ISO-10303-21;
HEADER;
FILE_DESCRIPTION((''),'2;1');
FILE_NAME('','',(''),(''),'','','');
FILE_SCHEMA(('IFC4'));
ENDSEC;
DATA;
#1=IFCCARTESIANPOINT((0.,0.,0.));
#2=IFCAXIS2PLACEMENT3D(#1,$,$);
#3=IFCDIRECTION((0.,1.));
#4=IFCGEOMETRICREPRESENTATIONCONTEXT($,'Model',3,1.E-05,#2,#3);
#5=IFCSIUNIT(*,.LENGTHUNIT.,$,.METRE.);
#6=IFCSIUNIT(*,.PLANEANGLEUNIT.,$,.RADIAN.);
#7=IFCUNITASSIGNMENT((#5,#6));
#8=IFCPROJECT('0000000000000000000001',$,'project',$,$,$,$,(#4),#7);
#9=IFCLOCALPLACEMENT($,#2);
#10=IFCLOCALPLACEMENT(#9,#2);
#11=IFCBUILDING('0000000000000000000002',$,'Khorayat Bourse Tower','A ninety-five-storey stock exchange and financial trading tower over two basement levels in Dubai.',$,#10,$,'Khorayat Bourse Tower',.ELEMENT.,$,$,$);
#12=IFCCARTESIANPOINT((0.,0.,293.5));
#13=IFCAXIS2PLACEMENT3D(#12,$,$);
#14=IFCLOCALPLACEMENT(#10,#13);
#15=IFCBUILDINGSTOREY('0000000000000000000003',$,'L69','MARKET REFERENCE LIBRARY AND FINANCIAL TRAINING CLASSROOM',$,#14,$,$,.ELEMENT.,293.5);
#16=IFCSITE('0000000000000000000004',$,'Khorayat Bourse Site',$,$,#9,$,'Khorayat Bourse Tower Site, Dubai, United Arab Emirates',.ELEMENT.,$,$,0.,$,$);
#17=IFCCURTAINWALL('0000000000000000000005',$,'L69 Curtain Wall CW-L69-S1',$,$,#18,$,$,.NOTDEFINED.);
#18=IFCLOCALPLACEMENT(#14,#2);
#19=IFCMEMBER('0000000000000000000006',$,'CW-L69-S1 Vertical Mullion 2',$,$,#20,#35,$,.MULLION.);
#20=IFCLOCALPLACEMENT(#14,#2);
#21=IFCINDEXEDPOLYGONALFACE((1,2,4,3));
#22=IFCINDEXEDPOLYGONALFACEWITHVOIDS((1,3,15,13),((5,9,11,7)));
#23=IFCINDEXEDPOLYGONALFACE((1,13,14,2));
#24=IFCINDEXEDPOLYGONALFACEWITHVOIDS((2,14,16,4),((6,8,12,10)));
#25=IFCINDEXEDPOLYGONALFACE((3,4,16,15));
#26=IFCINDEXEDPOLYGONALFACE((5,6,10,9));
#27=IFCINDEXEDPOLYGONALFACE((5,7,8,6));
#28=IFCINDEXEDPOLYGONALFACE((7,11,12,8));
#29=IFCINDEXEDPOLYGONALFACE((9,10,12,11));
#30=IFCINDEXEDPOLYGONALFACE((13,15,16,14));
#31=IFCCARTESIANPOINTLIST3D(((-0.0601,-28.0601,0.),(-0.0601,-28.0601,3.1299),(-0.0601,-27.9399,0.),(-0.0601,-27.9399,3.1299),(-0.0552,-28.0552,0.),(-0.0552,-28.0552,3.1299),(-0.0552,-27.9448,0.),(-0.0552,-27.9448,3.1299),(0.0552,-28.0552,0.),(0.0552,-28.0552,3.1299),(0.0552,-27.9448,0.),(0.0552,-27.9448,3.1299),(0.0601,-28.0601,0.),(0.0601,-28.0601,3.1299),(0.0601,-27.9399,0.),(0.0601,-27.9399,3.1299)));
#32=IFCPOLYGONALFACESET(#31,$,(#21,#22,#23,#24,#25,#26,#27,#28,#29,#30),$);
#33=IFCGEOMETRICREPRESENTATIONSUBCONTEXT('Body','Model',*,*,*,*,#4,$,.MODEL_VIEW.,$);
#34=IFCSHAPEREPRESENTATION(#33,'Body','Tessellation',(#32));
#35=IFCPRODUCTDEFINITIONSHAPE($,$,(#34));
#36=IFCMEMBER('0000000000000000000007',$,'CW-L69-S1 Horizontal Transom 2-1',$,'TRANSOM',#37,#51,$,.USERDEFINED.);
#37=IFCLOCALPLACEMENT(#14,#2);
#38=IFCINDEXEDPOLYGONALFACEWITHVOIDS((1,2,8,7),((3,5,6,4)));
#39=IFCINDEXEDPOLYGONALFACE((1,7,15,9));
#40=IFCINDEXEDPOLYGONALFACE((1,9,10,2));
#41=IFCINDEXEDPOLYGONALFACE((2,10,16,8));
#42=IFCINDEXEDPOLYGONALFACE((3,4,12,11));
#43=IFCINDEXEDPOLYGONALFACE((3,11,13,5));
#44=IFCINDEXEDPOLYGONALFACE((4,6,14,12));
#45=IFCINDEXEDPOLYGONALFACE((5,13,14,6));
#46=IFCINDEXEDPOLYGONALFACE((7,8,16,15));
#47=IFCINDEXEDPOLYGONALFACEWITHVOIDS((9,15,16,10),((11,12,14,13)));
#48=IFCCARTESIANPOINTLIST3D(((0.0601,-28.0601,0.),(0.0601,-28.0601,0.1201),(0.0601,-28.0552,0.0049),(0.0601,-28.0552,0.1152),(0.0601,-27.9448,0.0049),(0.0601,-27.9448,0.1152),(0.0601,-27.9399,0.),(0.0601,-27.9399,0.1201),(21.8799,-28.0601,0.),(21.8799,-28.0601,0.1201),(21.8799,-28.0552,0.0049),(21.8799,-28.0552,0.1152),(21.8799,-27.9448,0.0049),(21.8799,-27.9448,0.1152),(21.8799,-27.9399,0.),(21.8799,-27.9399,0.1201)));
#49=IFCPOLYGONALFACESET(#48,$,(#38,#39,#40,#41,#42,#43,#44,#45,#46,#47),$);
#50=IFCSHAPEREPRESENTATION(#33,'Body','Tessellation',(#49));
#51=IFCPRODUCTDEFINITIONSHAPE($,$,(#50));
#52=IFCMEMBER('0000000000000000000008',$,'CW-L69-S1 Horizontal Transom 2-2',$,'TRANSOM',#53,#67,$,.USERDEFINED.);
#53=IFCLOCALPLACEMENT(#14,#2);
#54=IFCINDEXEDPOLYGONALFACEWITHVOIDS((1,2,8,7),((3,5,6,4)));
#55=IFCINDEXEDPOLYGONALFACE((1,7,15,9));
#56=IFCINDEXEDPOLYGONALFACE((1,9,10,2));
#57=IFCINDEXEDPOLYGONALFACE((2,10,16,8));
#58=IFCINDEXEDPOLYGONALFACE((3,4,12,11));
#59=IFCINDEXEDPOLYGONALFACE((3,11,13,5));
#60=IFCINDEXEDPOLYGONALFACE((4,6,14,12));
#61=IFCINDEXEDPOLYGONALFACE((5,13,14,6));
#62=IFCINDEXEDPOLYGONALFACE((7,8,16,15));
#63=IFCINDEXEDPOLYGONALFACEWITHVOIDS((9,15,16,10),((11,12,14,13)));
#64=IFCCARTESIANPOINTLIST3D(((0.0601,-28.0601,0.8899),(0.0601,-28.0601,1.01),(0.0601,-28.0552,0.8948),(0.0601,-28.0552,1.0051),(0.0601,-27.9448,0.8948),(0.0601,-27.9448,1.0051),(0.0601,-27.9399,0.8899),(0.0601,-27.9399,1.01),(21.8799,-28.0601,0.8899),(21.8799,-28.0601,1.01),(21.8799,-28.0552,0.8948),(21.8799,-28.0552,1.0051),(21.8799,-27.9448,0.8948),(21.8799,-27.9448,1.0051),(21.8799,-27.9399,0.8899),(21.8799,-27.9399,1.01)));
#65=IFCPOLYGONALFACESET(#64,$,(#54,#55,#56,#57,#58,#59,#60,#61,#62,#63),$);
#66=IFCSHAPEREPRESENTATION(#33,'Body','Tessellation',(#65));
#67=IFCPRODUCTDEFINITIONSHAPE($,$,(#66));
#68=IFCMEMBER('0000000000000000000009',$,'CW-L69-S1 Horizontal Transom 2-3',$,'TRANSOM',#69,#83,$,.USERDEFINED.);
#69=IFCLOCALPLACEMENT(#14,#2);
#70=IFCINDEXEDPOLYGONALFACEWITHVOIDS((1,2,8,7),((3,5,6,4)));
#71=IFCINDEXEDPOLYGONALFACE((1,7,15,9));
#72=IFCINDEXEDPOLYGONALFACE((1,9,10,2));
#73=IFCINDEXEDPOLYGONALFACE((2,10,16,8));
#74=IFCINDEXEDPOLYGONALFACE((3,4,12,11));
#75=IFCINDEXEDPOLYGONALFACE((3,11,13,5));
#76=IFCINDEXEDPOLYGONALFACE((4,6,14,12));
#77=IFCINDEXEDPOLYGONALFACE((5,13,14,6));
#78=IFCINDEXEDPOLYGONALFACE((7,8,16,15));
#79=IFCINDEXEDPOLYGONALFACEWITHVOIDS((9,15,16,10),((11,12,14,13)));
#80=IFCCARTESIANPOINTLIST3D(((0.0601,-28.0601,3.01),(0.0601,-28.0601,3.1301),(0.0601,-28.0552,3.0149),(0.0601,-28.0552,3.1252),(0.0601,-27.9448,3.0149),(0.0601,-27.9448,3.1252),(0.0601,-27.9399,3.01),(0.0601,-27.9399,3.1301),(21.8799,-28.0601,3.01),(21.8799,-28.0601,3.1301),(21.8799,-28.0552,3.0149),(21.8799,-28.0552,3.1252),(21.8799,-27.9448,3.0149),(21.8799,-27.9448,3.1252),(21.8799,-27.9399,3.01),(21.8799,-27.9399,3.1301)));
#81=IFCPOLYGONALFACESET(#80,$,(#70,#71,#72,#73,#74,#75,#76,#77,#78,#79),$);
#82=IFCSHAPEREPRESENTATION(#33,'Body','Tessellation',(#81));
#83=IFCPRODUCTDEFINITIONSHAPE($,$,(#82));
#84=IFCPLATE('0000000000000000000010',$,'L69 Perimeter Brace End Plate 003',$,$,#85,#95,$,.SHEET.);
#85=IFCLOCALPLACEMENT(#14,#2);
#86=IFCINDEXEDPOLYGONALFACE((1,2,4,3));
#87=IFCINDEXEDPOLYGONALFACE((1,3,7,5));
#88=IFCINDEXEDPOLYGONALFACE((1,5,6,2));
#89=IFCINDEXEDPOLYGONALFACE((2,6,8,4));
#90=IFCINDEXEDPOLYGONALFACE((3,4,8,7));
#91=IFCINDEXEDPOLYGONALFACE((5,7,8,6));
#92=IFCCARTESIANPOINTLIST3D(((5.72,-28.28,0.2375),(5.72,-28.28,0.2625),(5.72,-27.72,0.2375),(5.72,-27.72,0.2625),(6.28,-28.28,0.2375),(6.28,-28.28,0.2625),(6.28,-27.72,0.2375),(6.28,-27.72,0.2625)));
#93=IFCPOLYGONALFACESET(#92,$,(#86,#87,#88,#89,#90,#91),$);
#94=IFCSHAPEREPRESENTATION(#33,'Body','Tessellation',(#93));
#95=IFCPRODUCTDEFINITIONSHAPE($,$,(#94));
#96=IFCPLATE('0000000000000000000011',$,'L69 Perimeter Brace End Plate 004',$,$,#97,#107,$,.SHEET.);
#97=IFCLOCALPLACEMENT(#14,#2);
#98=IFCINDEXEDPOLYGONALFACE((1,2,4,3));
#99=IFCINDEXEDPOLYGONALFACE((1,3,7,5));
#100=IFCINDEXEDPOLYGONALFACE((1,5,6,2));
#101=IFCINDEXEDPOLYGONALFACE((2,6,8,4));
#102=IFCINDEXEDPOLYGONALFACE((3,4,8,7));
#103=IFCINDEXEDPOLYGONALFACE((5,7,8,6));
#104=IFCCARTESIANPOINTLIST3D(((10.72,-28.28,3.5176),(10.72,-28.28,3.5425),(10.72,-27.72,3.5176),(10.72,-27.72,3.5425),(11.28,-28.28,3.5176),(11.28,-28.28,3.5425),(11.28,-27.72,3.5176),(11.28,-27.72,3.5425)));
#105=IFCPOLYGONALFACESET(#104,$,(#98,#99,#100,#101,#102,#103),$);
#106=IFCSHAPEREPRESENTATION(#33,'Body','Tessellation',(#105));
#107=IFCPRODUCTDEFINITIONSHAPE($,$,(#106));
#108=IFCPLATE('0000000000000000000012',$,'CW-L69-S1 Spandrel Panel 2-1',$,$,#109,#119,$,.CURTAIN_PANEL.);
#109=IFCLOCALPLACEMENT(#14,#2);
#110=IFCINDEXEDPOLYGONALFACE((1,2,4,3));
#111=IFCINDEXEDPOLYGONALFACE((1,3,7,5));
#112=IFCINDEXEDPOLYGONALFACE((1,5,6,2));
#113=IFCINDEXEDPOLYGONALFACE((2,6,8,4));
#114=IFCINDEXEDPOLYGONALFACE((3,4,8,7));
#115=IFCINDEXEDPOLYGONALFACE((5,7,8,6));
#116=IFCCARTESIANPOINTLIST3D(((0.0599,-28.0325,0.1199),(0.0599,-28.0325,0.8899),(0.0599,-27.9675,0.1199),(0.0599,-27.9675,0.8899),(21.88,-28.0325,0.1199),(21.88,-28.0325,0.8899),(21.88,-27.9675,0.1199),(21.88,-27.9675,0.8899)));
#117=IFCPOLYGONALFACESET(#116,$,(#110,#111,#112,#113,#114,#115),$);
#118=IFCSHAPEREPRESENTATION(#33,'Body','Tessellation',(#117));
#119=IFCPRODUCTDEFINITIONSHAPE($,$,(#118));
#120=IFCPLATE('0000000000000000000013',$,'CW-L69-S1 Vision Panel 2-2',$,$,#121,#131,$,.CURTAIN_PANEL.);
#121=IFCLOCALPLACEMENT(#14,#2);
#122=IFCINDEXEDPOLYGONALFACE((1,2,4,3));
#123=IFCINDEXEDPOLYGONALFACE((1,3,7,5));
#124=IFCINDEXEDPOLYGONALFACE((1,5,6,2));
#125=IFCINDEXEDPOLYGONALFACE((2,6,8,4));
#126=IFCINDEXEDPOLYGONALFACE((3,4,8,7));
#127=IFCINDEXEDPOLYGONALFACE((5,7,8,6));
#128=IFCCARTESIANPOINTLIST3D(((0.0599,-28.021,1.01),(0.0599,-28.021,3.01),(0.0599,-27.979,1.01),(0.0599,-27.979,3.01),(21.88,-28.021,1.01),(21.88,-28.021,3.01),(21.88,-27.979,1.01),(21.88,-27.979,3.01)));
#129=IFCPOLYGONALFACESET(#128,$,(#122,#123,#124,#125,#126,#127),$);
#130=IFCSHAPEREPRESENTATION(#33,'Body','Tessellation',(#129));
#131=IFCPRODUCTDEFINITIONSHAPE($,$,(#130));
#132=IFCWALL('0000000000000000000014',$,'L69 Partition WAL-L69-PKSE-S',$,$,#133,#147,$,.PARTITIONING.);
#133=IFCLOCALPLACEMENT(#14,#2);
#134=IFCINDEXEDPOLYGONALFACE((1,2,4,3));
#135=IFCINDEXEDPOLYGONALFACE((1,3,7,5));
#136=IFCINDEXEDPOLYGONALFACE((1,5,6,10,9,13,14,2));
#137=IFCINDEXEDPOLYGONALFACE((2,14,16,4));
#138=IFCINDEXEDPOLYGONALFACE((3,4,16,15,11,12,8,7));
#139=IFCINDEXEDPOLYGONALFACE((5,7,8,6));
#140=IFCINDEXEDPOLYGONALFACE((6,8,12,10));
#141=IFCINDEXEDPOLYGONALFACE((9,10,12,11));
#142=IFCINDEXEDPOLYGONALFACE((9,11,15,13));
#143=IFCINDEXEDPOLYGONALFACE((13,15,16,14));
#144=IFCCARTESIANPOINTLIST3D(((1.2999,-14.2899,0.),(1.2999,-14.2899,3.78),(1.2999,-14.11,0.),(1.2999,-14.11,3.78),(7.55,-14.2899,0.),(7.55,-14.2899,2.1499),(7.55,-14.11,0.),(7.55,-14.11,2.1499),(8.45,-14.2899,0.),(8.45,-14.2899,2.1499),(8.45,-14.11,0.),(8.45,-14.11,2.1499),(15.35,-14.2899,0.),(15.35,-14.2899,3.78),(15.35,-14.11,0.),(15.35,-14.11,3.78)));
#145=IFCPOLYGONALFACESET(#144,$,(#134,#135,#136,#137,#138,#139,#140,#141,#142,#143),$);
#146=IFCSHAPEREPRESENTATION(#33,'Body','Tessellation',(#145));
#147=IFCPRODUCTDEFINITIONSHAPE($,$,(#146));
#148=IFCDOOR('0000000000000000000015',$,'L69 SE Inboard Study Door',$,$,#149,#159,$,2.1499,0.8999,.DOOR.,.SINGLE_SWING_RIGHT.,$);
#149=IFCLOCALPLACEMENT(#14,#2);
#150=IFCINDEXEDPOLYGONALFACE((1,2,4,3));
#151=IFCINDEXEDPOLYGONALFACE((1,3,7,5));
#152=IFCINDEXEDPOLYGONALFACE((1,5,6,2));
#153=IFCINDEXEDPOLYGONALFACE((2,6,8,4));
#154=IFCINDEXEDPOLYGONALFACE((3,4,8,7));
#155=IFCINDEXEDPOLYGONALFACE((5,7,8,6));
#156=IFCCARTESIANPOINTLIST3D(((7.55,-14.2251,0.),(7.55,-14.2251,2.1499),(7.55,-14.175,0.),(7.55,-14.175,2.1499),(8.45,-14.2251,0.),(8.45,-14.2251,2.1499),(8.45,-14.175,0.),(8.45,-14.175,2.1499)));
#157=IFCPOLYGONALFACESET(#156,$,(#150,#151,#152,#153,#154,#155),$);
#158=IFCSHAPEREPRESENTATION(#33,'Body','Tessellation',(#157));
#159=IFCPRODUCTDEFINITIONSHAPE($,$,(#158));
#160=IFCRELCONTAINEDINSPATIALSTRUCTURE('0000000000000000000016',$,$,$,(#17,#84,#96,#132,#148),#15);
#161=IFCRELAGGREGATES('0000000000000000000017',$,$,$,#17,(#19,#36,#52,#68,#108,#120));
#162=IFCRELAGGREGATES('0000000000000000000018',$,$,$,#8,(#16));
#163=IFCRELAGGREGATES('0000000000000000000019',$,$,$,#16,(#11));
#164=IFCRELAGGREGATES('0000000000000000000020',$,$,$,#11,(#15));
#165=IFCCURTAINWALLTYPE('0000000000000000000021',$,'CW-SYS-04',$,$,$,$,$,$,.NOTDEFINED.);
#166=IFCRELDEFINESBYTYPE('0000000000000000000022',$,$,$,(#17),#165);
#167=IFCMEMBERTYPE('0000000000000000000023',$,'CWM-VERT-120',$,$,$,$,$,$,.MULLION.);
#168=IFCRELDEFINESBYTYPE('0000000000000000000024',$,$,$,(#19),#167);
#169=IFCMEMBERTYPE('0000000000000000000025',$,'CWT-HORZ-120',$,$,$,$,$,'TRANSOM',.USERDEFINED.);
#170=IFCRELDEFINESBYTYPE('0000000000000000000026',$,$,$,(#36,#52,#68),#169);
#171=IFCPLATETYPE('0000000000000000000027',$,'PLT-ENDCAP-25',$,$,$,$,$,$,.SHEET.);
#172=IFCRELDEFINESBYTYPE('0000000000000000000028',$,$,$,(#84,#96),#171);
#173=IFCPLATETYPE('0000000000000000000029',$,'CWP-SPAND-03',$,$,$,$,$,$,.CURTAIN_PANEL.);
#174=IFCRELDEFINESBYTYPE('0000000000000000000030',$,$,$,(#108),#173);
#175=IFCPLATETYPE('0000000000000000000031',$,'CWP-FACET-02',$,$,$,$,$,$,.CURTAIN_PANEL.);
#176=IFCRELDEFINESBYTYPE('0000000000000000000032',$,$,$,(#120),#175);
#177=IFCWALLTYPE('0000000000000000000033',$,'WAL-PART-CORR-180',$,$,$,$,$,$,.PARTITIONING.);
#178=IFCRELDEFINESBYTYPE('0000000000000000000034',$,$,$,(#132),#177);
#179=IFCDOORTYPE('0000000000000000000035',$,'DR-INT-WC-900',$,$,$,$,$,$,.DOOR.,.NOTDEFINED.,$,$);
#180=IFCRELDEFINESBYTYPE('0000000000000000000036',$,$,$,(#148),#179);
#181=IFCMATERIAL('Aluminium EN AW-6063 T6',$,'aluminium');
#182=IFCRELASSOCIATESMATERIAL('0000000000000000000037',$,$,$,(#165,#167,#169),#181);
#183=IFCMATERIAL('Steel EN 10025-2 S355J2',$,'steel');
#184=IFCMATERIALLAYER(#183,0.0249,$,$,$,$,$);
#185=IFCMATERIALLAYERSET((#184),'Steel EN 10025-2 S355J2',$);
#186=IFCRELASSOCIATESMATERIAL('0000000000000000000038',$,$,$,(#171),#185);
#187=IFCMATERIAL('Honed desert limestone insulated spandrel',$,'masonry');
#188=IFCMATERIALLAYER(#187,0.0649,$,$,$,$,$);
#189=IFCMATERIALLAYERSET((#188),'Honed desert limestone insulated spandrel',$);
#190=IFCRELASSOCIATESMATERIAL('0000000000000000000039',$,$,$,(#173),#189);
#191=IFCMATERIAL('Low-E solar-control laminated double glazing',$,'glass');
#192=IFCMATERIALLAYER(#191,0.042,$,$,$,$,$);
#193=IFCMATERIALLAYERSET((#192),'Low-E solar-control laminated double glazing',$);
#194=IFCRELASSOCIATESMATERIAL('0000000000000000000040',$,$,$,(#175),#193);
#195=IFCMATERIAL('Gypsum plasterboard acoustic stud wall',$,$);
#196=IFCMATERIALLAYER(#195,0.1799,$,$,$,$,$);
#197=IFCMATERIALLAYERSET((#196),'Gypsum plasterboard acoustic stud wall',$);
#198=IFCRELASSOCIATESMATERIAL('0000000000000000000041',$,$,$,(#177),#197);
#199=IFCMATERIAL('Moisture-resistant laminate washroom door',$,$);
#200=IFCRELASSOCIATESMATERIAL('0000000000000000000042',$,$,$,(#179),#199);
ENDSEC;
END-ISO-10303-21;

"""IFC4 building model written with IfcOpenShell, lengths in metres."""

from ifc_helpers import new_model, si_unit, direction, frame, frame_2d, origin, origin_2d, place, context, subcontext, project, spatial, rectangle, hollow_rectangle, extrude, source, transform, mapped, material, layer, layer_set, material_profile, profile_set, type_object, element, fill, aggregate, save


model = new_model("IFC4")

# Units and contexts
model_context = context("Model", 3, precision=1e-05, world=origin(), true_north=direction((0.0, 1.0)))
body_context = subcontext(model_context, "Body", "Model", "MODEL_VIEW")
ifc_project = project(units=[si_unit("LENGTHUNIT", "METRE"), si_unit("PLANEANGLEUNIT", "RADIAN")], contexts=[model_context])

# Site, building, storey
site_placement = place(None, origin())
site = spatial("IfcSite", under=ifc_project, at=site_placement, Name="Khorayat Bourse Site", LongName="Khorayat Bourse Tower Site, Dubai, United Arab Emirates", CompositionType="ELEMENT", RefElevation=0.0)
building_placement = place(site_placement, origin())
building = spatial("IfcBuilding", under=site, at=building_placement, Name="Khorayat Bourse Tower", Description="A ninety-five-storey stock exchange and financial trading tower over two basement levels in Dubai.", LongName="Khorayat Bourse Tower", CompositionType="ELEMENT")
storey_placement = place(building_placement, frame((0.0, 0.0, 293.5)))
storey = spatial("IfcBuildingStorey", under=building, at=storey_placement, Name="L69", Description="MARKET REFERENCE LIBRARY AND FINANCIAL TRAINING CLASSROOM", CompositionType="ELEMENT", Elevation=293.5)

# Curtain wall, members
ifc_material_1 = material(Name="Aluminium EN AW-6063 T6", Category="aluminium")
curtain_wall_type = type_object("IfcCurtainWallType", Name="CW-SYS-04", PredefinedType="NOTDEFINED", material=ifc_material_1)
curtain_wall_placement = place(storey_placement, origin())
curtain_wall = element("IfcCurtainWall", 1, at=curtain_wall_placement, inside=storey, type_object=curtain_wall_type, Name="L69 Curtain Wall CW-L69-S1", PredefinedType="NOTDEFINED")
ifc_material_profile_1 = material_profile(ifc_material_1, hollow_rectangle(XDim=0.1201, YDim=0.1201, WallThickness=0.0049, at=origin_2d()), Name="ALU 120x120x5")
ifc_profile_set_1 = profile_set([ifc_material_profile_1], Name="Aluminium EN AW-6063 T6")
member_type_1 = type_object("IfcMemberType", Name="CWM-VERT-120", PredefinedType="MULLION", material=ifc_profile_set_1)
shared_shape_1 = source(origin(), body_context, "Body", "SweptSolid", [
    extrude(hollow_rectangle(XDim=0.1201, YDim=0.1201, WallThickness=0.0049, at=origin_2d()), origin(), (0.0, 0.0, 1.0), 3.1299),
])
member_1_placement = place(storey_placement, frame((0.0, -28.0, 0.0), z_axis=(0.0, 0.0, 1.0), x_axis=(0.0, 1.0, 0.0)))
member_1 = element("IfcMember", 2, at=member_1_placement, type_object=member_type_1, Name="CW-L69-S1 Vertical Mullion 2", PredefinedType="MULLION", context=body_context, shape_type="MappedRepresentation", body=[
    mapped(shared_shape_1, transform((0.0, 0.0, 0.0), scale=1.0)),
])
ifc_material_profile_2 = material_profile(ifc_material_1, hollow_rectangle(XDim=0.1201, YDim=0.1201, WallThickness=0.0049, at=origin_2d()), Name="ALU 120x120x5")
ifc_profile_set_2 = profile_set([ifc_material_profile_2], Name="Aluminium EN AW-6063 T6")
member_type_2 = type_object("IfcMemberType", Name="CWT-HORZ-120", ElementType="TRANSOM", PredefinedType="USERDEFINED", material=ifc_profile_set_2)
shared_shape_2 = source(origin(), body_context, "Body", "SweptSolid", [
    extrude(hollow_rectangle(XDim=0.1201, YDim=0.1201, WallThickness=0.0049, at=origin_2d()), origin(), (0.0, 0.0, 1.0), 21.8198),
])
member_2_placement = place(storey_placement, frame((0.0601, -28.0, 0.0601), z_axis=(1.0, 0.0, 0.0), x_axis=(0.0, 1.0, 0.0)))
member_2 = element("IfcMember", 3, at=member_2_placement, type_object=member_type_2, Name="CW-L69-S1 Horizontal Transom 2-1", ObjectType="TRANSOM", PredefinedType="USERDEFINED", context=body_context, shape_type="MappedRepresentation", body=[
    mapped(shared_shape_2, transform((0.0, 0.0, 0.0), scale=1.0)),
])
member_3_placement = place(storey_placement, frame((0.0601, -28.0, 0.95), z_axis=(1.0, 0.0, 0.0), x_axis=(0.0, 1.0, 0.0)))
member_3 = element("IfcMember", 4, at=member_3_placement, type_object=member_type_2, Name="CW-L69-S1 Horizontal Transom 2-2", ObjectType="TRANSOM", PredefinedType="USERDEFINED", context=body_context, shape_type="MappedRepresentation", body=[
    mapped(shared_shape_2, transform((0.0, 0.0, 0.0), scale=1.0)),
])
member_4_placement = place(storey_placement, frame((0.0601, -28.0, 3.0701), z_axis=(1.0, 0.0, 0.0), x_axis=(0.0, 1.0, 0.0)))
member_4 = element("IfcMember", 5, at=member_4_placement, type_object=member_type_2, Name="CW-L69-S1 Horizontal Transom 2-3", ObjectType="TRANSOM", PredefinedType="USERDEFINED", context=body_context, shape_type="MappedRepresentation", body=[
    mapped(shared_shape_2, transform((0.0, 0.0, 0.0), scale=1.0)),
])

# Plates
ifc_material_2 = material(Name="Steel EN 10025-2 S355J2", Category="steel")
ifc_layer_1 = layer(ifc_material_2, 0.0249)
ifc_layer_set_1 = layer_set([ifc_layer_1], Name="Steel EN 10025-2 S355J2")
plate_type_1 = type_object("IfcPlateType", Name="PLT-ENDCAP-25", PredefinedType="SHEET", material=ifc_layer_set_1)
shared_shape_3 = source(origin(), body_context, "Body", "SweptSolid", [
    extrude(rectangle(XDim=0.5601, YDim=0.5601, at=origin_2d()), origin(), (0.0, 0.0, 1.0), 0.0249),
])
for number, where, z_axis, x_axis, name in (
    (6, (6.0, -28.0, 0.2375), (0.0, 0.0, 1.0), (1.0, 0.0, 0.0), "L69 Perimeter Brace End Plate 003"),
    (7, (11.0, -28.0, 3.5176), (0.0, 0.0, 1.0), (1.0, 0.0, 0.0), "L69 Perimeter Brace End Plate 004"),
):
    element("IfcPlate", number, at=place(storey_placement, frame(where, z_axis=z_axis, x_axis=x_axis)), inside=storey, type_object=plate_type_1, Name=name, PredefinedType="SHEET", context=body_context, shape_type="MappedRepresentation", body=[
        mapped(shared_shape_3, transform((0.0, 0.0, 0.0), scale=1.0)),
    ])

# Plates
ifc_material_3 = material(Name="Honed desert limestone insulated spandrel", Category="masonry")
ifc_layer_2 = layer(ifc_material_3, 0.0649)
ifc_layer_set_2 = layer_set([ifc_layer_2], Name="Honed desert limestone insulated spandrel")
plate_type_2 = type_object("IfcPlateType", Name="CWP-SPAND-03", PredefinedType="CURTAIN_PANEL", material=ifc_layer_set_2)
shared_shape_4 = source(origin(), body_context, "Body", "SweptSolid", [
    extrude(rectangle(XDim=21.8201, YDim=0.0649, at=origin_2d()), origin(), (0.0, 0.0, 1.0), 0.77),
])
plate_1_placement = place(storey_placement, frame((10.97, -28.0, 0.1199), z_axis=(0.0, 0.0, 1.0), x_axis=(1.0, 0.0, 0.0)))
plate_1 = element("IfcPlate", 8, at=plate_1_placement, type_object=plate_type_2, Name="CW-L69-S1 Spandrel Panel 2-1", PredefinedType="CURTAIN_PANEL", context=body_context, shape_type="MappedRepresentation", body=[
    mapped(shared_shape_4, transform((0.0, 0.0, 0.0), scale=1.0)),
])
ifc_material_4 = material(Name="Low-E solar-control laminated double glazing", Category="glass")
ifc_layer_3 = layer(ifc_material_4, 0.042)
ifc_layer_set_3 = layer_set([ifc_layer_3], Name="Low-E solar-control laminated double glazing")
plate_type_3 = type_object("IfcPlateType", Name="CWP-FACET-02", PredefinedType="CURTAIN_PANEL", material=ifc_layer_set_3)
shared_shape_5 = source(origin(), body_context, "Body", "SweptSolid", [
    extrude(rectangle(XDim=21.8201, YDim=0.042, at=origin_2d()), origin(), (0.0, 0.0, 1.0), 2.0),
])
plate_2_placement = place(storey_placement, frame((10.97, -28.0, 1.01), z_axis=(0.0, 0.0, 1.0), x_axis=(1.0, 0.0, 0.0)))
plate_2 = element("IfcPlate", 9, at=plate_2_placement, type_object=plate_type_3, Name="CW-L69-S1 Vision Panel 2-2", PredefinedType="CURTAIN_PANEL", context=body_context, shape_type="MappedRepresentation", body=[
    mapped(shared_shape_5, transform((0.0, 0.0, 0.0), scale=1.0)),
])
aggregate(curtain_wall, [member_1, member_2, member_3, member_4, plate_1, plate_2])

# Wall, opening, door
ifc_material_5 = material(Name="Gypsum plasterboard acoustic stud wall")
ifc_layer_4 = layer(ifc_material_5, 0.1799)
ifc_layer_set_4 = layer_set([ifc_layer_4], Name="Gypsum plasterboard acoustic stud wall")
wall_type_1 = type_object("IfcWallType", Name="WAL-PART-CORR-180", PredefinedType="PARTITIONING", material=ifc_layer_set_4)
shared_shape_6 = source(origin(), body_context, "Body", "SweptSolid", [
    extrude(rectangle(XDim=14.05, YDim=0.1799, at=frame_2d((7.0249, 0.0))), origin(), (0.0, 0.0, 1.0), 3.78),
])
wall_1_placement = place(storey_placement, frame((1.3, -14.2, 0.0), z_axis=(0.0, 0.0, 1.0), x_axis=(1.0, 0.0, 0.0)))
wall_1 = element("IfcWall", 10, at=wall_1_placement, inside=storey, type_object=wall_type_1, Name="L69 Partition WAL-L69-PKSE-S", PredefinedType="PARTITIONING", context=body_context, shape_type="MappedRepresentation", body=[
    mapped(shared_shape_6, transform((0.0, 0.0, 0.0), scale=1.0)),
])
shared_shape_7 = source(origin(), body_context, "Body", "SweptSolid", [
    extrude(rectangle(XDim=0.8999, YDim=2.1499, at=frame_2d((0.45, 1.075))), frame((0.0, 0.0999, 0.0), z_axis=(0.0, -1.0, 0.0), x_axis=(1.0, 0.0, 0.0)), (0.0, 0.0, 1.0), 0.2),
])
opening_1_placement = place(wall_1_placement, frame((6.25, 0.0, 0.0)))
opening_1 = element("IfcOpeningElement", 11, at=opening_1_placement, cuts=wall_1, PredefinedType="OPENING", context=body_context, shape_type="MappedRepresentation", body=[
    mapped(shared_shape_7, transform((0.0, 0.0, 0.0), scale=1.0)),
])
ifc_material_6 = material(Name="Moisture-resistant laminate washroom door")
door_type_1 = type_object("IfcDoorType", Name="DR-INT-WC-900", OperationType="NOTDEFINED", PredefinedType="DOOR", material=ifc_material_6)
shared_shape_8 = source(origin(), body_context, "Body", "SweptSolid", [
    extrude(rectangle(XDim=0.8999, YDim=2.1499, at=frame_2d((0.45, 1.075))), frame((0.0, 0.0249, 0.0), z_axis=(0.0, -1.0, 0.0), x_axis=(1.0, 0.0, 0.0)), (0.0, 0.0, 1.0), 0.05),
])
door_1_placement = place(opening_1_placement, origin())
door_1 = element("IfcDoor", 12, at=door_1_placement, inside=storey, type_object=door_type_1, Name="L69 SE Inboard Study Door", OperationType="SINGLE_SWING_RIGHT", OverallHeight=2.1499, OverallWidth=0.8999, PredefinedType="DOOR", context=body_context, shape_type="MappedRepresentation", body=[
    mapped(shared_shape_8, transform((0.0, 0.0, 0.0), scale=1.0)),
])
fill(opening_1, door_1)

save(model, "model.ifc")
